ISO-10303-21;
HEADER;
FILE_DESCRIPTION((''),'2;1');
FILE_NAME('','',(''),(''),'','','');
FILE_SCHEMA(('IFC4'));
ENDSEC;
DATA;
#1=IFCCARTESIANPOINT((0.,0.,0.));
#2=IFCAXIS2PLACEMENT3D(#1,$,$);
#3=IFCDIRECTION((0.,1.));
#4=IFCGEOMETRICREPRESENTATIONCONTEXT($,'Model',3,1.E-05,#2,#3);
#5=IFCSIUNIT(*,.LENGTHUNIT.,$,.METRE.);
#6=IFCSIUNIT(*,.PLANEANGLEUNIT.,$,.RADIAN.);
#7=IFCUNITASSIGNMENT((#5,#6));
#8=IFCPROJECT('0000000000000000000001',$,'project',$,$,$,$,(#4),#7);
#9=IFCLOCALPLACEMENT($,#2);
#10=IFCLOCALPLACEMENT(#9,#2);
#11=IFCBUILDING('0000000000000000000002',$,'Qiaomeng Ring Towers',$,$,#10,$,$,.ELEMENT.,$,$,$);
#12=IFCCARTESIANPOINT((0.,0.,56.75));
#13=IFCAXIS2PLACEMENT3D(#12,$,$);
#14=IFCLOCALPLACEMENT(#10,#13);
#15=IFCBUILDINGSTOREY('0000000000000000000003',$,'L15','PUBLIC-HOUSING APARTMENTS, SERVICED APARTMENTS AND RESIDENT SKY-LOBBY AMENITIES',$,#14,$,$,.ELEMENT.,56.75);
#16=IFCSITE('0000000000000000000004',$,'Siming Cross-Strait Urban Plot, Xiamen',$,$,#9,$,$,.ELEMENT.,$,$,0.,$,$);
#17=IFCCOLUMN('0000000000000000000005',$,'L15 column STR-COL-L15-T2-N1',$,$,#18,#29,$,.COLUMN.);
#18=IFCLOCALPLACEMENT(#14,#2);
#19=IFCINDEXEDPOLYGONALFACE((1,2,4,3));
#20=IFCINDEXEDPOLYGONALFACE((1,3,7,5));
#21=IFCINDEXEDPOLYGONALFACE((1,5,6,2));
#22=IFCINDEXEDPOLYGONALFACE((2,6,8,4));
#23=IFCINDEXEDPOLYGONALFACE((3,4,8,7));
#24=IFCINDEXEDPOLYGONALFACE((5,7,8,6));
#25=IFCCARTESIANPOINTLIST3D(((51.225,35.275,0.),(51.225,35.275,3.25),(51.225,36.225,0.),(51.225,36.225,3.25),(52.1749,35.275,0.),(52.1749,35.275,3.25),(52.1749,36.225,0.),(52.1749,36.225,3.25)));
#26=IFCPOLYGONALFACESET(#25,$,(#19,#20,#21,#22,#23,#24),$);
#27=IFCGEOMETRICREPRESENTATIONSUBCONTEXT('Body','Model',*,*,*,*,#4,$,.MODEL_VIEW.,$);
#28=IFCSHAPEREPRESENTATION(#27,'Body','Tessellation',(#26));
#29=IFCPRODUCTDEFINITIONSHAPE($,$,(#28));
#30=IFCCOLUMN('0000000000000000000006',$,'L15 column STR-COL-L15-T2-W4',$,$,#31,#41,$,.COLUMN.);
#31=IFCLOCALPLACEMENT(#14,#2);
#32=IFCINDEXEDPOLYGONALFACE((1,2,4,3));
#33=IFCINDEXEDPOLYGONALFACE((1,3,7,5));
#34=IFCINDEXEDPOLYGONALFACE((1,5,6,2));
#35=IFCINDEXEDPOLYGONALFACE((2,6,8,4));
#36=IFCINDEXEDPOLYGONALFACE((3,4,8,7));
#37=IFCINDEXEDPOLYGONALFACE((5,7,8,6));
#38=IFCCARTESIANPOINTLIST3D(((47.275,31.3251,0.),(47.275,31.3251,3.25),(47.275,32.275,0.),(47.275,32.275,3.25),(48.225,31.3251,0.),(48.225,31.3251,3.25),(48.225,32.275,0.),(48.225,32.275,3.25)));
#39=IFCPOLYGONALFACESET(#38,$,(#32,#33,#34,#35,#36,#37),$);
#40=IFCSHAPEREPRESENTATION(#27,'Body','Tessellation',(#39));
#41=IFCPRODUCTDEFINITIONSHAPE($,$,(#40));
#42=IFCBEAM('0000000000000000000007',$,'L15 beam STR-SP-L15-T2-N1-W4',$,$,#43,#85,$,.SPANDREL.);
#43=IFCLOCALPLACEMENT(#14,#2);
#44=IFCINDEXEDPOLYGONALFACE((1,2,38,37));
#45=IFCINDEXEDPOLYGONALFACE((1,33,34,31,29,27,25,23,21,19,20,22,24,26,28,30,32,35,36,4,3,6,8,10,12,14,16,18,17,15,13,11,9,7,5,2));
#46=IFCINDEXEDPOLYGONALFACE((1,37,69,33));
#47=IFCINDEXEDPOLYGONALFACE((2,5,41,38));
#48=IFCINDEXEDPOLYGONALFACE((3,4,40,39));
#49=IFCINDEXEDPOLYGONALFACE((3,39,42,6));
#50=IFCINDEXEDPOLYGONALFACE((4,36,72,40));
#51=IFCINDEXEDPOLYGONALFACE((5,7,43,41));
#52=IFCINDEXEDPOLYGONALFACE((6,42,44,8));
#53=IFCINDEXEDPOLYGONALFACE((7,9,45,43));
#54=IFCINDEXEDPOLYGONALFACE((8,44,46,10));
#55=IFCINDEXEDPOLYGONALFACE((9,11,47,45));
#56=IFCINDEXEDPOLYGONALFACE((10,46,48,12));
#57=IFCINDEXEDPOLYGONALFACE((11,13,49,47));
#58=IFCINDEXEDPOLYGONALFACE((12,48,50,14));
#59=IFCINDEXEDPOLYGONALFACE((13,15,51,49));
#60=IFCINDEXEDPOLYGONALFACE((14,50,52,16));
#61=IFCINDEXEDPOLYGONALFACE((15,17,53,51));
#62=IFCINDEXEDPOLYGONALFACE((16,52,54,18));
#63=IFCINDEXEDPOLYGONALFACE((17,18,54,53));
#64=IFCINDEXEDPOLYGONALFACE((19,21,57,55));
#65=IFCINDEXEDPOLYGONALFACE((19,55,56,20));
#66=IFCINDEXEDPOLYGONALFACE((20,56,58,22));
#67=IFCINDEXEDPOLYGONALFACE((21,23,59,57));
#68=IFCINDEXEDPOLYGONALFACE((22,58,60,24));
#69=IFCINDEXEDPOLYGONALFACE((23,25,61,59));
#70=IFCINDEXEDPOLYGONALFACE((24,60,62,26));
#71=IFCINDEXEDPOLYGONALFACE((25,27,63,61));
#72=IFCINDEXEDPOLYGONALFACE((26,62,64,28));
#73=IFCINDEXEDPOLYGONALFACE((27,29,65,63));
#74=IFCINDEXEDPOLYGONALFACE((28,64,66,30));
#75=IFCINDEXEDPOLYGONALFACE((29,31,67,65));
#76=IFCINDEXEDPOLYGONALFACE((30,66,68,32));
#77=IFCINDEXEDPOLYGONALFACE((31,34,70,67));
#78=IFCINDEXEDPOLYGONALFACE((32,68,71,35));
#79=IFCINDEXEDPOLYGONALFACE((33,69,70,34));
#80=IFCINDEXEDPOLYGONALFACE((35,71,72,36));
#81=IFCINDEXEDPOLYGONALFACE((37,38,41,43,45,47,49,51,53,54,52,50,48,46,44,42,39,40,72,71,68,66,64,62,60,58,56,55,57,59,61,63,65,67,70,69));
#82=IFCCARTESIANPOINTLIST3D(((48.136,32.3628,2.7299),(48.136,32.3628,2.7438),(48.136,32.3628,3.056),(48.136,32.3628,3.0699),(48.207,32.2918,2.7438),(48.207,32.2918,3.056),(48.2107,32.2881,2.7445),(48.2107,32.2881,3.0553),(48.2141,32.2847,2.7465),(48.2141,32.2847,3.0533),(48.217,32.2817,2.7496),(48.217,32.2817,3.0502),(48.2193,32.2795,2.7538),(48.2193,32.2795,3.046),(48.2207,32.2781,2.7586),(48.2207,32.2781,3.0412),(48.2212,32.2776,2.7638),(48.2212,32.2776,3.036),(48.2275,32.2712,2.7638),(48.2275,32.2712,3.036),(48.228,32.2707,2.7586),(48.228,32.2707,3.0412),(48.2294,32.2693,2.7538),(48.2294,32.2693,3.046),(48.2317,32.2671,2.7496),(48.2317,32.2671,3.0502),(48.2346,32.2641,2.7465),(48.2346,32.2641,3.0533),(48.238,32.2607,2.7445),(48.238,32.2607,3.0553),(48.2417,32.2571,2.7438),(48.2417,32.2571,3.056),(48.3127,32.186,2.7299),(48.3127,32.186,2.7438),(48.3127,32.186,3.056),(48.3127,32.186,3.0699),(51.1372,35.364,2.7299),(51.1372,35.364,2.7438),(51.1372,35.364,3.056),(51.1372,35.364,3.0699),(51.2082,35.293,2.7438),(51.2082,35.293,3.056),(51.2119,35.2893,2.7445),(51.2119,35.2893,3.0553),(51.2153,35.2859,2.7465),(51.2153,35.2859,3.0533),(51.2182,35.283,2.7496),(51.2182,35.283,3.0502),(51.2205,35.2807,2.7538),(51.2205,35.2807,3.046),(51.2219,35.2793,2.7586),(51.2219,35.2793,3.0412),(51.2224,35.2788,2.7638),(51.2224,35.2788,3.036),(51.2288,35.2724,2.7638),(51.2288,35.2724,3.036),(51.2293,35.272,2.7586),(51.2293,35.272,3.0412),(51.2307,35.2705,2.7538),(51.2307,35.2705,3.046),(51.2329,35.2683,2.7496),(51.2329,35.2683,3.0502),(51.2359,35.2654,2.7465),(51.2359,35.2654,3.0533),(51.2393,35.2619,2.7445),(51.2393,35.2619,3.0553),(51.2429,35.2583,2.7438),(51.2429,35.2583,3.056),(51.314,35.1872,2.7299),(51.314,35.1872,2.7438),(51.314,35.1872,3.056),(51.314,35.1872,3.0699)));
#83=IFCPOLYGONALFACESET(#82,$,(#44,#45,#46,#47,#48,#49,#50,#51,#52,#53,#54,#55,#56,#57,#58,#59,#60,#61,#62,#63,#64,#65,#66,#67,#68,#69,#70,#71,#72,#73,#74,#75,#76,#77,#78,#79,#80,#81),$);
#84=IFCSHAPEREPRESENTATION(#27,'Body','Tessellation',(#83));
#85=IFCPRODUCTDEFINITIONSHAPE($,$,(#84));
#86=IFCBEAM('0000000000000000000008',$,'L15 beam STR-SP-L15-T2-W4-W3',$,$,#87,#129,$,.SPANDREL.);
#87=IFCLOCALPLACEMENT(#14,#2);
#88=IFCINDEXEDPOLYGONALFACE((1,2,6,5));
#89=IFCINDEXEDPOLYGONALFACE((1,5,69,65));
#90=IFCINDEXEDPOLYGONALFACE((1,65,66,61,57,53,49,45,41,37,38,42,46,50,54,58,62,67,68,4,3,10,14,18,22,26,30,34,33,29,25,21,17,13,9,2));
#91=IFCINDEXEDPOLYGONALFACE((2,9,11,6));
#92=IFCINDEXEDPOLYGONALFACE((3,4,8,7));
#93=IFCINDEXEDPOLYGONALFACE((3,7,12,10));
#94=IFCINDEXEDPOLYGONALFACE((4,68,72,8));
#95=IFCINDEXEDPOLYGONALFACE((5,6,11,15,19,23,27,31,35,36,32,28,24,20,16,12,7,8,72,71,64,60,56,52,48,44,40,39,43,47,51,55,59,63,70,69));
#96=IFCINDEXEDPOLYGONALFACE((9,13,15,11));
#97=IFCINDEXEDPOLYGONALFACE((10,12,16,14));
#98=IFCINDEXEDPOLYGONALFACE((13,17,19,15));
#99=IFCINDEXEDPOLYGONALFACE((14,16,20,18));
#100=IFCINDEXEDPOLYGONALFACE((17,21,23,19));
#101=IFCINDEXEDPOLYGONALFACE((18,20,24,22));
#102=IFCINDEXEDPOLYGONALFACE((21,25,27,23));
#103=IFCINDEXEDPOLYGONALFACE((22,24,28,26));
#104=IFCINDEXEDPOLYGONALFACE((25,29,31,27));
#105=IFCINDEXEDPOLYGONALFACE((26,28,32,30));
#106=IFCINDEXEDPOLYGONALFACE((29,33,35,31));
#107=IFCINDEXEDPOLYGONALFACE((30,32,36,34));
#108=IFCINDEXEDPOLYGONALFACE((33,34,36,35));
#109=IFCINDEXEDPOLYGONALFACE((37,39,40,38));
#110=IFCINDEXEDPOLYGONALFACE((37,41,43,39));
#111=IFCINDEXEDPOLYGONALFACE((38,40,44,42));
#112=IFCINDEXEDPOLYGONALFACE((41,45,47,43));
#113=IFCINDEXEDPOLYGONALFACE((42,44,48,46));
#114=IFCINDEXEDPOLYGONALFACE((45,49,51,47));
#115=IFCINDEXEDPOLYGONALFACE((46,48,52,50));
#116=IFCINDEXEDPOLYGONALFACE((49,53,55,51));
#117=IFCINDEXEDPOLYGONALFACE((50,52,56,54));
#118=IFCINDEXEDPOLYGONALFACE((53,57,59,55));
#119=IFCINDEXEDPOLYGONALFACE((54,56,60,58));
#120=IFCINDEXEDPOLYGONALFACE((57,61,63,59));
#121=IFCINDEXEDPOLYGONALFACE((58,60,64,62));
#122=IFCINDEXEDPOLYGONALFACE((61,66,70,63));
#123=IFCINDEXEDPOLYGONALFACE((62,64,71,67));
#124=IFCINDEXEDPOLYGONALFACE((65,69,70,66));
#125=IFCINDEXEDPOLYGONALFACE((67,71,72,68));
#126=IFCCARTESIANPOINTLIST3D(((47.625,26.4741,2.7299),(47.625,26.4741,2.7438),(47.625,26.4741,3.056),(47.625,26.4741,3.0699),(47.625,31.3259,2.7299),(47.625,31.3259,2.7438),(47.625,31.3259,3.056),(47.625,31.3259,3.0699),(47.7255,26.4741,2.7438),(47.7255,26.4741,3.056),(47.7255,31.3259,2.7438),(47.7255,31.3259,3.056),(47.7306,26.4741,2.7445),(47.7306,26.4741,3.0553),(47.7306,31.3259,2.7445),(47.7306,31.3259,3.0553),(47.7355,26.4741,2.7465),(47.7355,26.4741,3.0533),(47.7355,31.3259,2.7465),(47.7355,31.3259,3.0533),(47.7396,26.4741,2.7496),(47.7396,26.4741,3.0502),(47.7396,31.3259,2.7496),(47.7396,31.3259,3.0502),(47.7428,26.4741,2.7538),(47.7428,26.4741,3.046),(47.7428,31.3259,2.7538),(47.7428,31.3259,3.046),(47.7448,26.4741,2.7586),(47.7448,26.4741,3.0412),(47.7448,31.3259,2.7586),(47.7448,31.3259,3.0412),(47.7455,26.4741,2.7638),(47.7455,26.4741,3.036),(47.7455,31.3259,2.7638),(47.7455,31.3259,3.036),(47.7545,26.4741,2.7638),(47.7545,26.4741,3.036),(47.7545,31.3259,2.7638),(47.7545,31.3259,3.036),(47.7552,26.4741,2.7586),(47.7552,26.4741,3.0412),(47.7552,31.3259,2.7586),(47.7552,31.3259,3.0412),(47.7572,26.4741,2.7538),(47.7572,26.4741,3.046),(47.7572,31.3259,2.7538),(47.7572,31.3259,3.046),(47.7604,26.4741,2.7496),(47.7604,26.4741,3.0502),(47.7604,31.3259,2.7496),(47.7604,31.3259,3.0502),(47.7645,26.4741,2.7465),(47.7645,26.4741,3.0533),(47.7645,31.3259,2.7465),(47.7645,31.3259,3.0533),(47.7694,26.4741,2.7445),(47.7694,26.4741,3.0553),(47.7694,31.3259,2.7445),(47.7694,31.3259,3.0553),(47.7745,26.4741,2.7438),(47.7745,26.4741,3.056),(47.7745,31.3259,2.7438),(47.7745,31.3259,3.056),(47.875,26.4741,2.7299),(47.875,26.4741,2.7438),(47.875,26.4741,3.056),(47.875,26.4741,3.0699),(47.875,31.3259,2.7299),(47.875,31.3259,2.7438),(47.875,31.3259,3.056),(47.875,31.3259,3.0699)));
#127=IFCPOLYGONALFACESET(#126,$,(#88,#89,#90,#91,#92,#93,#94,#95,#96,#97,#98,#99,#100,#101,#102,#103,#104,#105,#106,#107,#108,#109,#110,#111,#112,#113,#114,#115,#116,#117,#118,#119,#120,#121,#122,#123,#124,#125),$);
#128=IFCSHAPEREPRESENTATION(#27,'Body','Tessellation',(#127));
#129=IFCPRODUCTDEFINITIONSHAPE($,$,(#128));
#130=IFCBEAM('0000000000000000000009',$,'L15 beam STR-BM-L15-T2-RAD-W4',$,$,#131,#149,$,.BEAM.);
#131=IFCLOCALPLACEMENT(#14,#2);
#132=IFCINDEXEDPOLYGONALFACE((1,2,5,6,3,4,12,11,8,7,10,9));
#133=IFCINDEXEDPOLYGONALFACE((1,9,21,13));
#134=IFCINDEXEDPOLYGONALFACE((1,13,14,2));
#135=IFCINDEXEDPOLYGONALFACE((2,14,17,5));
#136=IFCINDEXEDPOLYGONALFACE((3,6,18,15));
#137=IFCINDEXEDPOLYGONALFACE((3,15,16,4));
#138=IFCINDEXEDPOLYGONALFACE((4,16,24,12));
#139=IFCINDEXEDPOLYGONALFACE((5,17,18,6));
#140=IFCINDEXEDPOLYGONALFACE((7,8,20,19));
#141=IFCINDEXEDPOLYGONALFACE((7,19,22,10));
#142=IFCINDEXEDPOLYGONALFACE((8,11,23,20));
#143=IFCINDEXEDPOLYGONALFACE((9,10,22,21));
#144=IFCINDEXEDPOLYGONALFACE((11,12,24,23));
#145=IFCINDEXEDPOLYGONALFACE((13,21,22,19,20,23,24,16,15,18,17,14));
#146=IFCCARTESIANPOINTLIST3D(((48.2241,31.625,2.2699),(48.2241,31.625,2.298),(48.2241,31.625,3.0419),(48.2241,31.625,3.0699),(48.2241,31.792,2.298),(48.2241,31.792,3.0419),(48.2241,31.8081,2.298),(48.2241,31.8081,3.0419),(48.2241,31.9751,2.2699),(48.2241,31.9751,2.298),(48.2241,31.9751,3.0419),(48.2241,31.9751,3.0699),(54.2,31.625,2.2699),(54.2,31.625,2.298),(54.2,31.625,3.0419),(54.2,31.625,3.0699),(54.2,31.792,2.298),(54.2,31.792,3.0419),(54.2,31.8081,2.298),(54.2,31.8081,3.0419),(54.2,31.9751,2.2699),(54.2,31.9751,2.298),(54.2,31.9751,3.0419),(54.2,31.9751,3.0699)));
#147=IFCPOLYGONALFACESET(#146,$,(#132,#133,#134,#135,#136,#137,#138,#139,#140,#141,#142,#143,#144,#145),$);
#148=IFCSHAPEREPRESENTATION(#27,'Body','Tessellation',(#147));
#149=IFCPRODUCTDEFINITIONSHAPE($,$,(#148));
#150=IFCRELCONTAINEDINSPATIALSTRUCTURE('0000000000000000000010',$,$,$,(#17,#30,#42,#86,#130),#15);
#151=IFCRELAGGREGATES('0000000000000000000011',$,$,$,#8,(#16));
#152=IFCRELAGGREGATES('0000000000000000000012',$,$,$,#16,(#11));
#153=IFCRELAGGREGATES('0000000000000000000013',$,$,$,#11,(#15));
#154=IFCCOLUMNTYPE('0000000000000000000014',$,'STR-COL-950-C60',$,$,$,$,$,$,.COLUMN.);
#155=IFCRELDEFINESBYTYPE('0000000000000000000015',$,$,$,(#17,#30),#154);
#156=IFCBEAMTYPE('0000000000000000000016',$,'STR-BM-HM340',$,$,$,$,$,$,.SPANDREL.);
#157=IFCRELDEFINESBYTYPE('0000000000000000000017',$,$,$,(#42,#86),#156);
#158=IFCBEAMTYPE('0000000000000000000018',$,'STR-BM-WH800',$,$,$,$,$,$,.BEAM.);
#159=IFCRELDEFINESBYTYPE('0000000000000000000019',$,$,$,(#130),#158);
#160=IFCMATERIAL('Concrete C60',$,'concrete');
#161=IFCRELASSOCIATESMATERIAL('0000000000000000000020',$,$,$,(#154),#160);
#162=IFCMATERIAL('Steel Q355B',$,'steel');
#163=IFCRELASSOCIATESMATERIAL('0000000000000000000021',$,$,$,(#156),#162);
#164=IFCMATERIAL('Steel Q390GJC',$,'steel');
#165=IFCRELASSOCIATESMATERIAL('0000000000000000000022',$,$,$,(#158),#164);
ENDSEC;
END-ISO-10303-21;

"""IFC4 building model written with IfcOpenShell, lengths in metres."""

from ifc_helpers import new_model, si_unit, direction, frame, origin, origin_2d, place, context, subcontext, project, spatial, rectangle, i_section, extrude, source, transform, mapped, material, material_profile, profile_set, type_object, element, save


model = new_model("IFC4")

# Units and contexts
model_context = context("Model", 3, precision=1e-05, world=origin(), true_north=direction((0.0, 1.0)))
body_context = subcontext(model_context, "Body", "Model", "MODEL_VIEW")
ifc_project = project(units=[si_unit("LENGTHUNIT", "METRE"), si_unit("PLANEANGLEUNIT", "RADIAN")], contexts=[model_context])

# Site, building, storey
site_placement = place(None, origin())
site = spatial("IfcSite", under=ifc_project, at=site_placement, Name="Siming Cross-Strait Urban Plot, Xiamen", CompositionType="ELEMENT", RefElevation=0.0)
building_placement = place(site_placement, origin())
building = spatial("IfcBuilding", under=site, at=building_placement, Name="Qiaomeng Ring Towers", CompositionType="ELEMENT")
storey_placement = place(building_placement, frame((0.0, 0.0, 56.75)))
storey = spatial("IfcBuildingStorey", under=building, at=storey_placement, Name="L15", Description="PUBLIC-HOUSING APARTMENTS, SERVICED APARTMENTS AND RESIDENT SKY-LOBBY AMENITIES", CompositionType="ELEMENT", Elevation=56.75)

# Columns
ifc_material_1 = material(Name="Concrete C60", Category="concrete")
ifc_material_profile_1 = material_profile(ifc_material_1, rectangle(XDim=0.95, YDim=0.95, at=origin_2d()), Name="RC COL 950x950")
ifc_profile_set_1 = profile_set([ifc_material_profile_1], Name="Concrete C60")
column_type = type_object("IfcColumnType", Name="STR-COL-950-C60", PredefinedType="COLUMN", material=ifc_profile_set_1)
shared_shape_1 = source(origin(), body_context, "Body", "SweptSolid", [
    extrude(rectangle(XDim=0.95, YDim=0.95, at=origin_2d()), origin(), (0.0, 0.0, 1.0), 3.25),
])
for number, where, z_axis, x_axis, name in (
    (1, (51.7, 35.75, 0.0), (0.0, 0.0, 1.0), (1.0, 0.0, 0.0), "L15 column STR-COL-L15-T2-N1"),
    (2, (47.75, 31.8, 0.0), (0.0, 0.0, 1.0), (1.0, 0.0, 0.0), "L15 column STR-COL-L15-T2-W4"),
):
    element("IfcColumn", number, at=place(storey_placement, frame(where, z_axis=z_axis, x_axis=x_axis)), inside=storey, type_object=column_type, Name=name, PredefinedType="COLUMN", context=body_context, shape_type="MappedRepresentation", body=[
        mapped(shared_shape_1, transform((0.0, 0.0, 0.0), x_axis=(1.0, 0.0, 0.0), y_axis=(0.0, 1.0, 0.0), z_axis=(0.0, 0.0, 1.0), scale=1.0)),
    ])

# Beams
ifc_material_2 = material(Name="Steel Q355B", Category="steel")
ifc_material_profile_2 = material_profile(ifc_material_2, i_section(OverallWidth=0.25, OverallDepth=0.3401, WebThickness=0.009, FlangeThickness=0.0139, FilletRadius=0.02, at=origin_2d()), Name="HM 340x250x9x14")
ifc_profile_set_2 = profile_set([ifc_material_profile_2], Name="Steel Q355B")
beam_type_1 = type_object("IfcBeamType", Name="STR-BM-HM340", PredefinedType="SPANDREL", material=ifc_profile_set_2)
shared_shape_2 = source(origin(), body_context, "Body", "SweptSolid", [
    extrude(i_section(OverallWidth=0.25, OverallDepth=0.3401, WebThickness=0.009, FlangeThickness=0.0139, FilletRadius=0.02, at=origin_2d()), origin(), (0.0, 0.0, 1.0), 4.2444),
])
beam_1_placement = place(storey_placement, frame((51.2256, 35.2756, 2.8999), z_axis=(-0.707107, -0.707107, 0.0), x_axis=(0.707107, -0.707107, 0.0)))
element("IfcBeam", 3, at=beam_1_placement, inside=storey, type_object=beam_type_1, Name="L15 beam STR-SP-L15-T2-N1-W4", PredefinedType="SPANDREL", context=body_context, shape_type="MappedRepresentation", body=[
    mapped(shared_shape_2, transform((0.0, 0.0, 0.0), x_axis=(1.0, 0.0, 0.0), y_axis=(0.0, 1.0, 0.0), z_axis=(0.0, 0.0, 1.0), scale=1.0)),
])
shared_shape_3 = source(origin(), body_context, "Body", "SweptSolid", [
    extrude(i_section(OverallWidth=0.25, OverallDepth=0.3401, WebThickness=0.009, FlangeThickness=0.0139, FilletRadius=0.02, at=origin_2d()), origin(), (0.0, 0.0, 1.0), 4.8518),
])
beam_2_placement = place(storey_placement, frame((47.75, 31.3259, 2.8999), z_axis=(0.0, -1.0, 0.0), x_axis=(1.0, 0.0, 0.0)))
element("IfcBeam", 4, at=beam_2_placement, inside=storey, type_object=beam_type_1, Name="L15 beam STR-SP-L15-T2-W4-W3", PredefinedType="SPANDREL", context=body_context, shape_type="MappedRepresentation", body=[
    mapped(shared_shape_3, transform((0.0, 0.0, 0.0), x_axis=(1.0, 0.0, 0.0), y_axis=(0.0, 1.0, 0.0), z_axis=(0.0, 0.0, 1.0), scale=1.0)),
])
ifc_material_3 = material(Name="Steel Q390GJC", Category="steel")
ifc_material_profile_3 = material_profile(ifc_material_3, i_section(OverallWidth=0.3501, OverallDepth=0.8, WebThickness=0.0161, FlangeThickness=0.0281, at=origin_2d()), Name="WH 800x350x16x28")
ifc_profile_set_3 = profile_set([ifc_material_profile_3], Name="Steel Q390GJC")
beam_type_2 = type_object("IfcBeamType", Name="STR-BM-WH800", PredefinedType="BEAM", material=ifc_profile_set_3)
shared_shape_4 = source(origin(), body_context, "Body", "SweptSolid", [
    extrude(i_section(OverallWidth=0.3501, OverallDepth=0.8, WebThickness=0.0161, FlangeThickness=0.0281, at=origin_2d()), origin(), (0.0, 0.0, 1.0), 5.9758),
])
beam_3_placement = place(storey_placement, frame((48.2241, 31.8, 2.6699), z_axis=(1.0, 0.0, 0.0), x_axis=(0.0, 1.0, 0.0)))
element("IfcBeam", 5, at=beam_3_placement, inside=storey, type_object=beam_type_2, Name="L15 beam STR-BM-L15-T2-RAD-W4", PredefinedType="BEAM", context=body_context, shape_type="MappedRepresentation", body=[
    mapped(shared_shape_4, transform((0.0, 0.0, 0.0), x_axis=(1.0, 0.0, 0.0), y_axis=(0.0, 1.0, 0.0), z_axis=(0.0, 0.0, 1.0), scale=1.0)),
])

save(model, "model.ifc")
